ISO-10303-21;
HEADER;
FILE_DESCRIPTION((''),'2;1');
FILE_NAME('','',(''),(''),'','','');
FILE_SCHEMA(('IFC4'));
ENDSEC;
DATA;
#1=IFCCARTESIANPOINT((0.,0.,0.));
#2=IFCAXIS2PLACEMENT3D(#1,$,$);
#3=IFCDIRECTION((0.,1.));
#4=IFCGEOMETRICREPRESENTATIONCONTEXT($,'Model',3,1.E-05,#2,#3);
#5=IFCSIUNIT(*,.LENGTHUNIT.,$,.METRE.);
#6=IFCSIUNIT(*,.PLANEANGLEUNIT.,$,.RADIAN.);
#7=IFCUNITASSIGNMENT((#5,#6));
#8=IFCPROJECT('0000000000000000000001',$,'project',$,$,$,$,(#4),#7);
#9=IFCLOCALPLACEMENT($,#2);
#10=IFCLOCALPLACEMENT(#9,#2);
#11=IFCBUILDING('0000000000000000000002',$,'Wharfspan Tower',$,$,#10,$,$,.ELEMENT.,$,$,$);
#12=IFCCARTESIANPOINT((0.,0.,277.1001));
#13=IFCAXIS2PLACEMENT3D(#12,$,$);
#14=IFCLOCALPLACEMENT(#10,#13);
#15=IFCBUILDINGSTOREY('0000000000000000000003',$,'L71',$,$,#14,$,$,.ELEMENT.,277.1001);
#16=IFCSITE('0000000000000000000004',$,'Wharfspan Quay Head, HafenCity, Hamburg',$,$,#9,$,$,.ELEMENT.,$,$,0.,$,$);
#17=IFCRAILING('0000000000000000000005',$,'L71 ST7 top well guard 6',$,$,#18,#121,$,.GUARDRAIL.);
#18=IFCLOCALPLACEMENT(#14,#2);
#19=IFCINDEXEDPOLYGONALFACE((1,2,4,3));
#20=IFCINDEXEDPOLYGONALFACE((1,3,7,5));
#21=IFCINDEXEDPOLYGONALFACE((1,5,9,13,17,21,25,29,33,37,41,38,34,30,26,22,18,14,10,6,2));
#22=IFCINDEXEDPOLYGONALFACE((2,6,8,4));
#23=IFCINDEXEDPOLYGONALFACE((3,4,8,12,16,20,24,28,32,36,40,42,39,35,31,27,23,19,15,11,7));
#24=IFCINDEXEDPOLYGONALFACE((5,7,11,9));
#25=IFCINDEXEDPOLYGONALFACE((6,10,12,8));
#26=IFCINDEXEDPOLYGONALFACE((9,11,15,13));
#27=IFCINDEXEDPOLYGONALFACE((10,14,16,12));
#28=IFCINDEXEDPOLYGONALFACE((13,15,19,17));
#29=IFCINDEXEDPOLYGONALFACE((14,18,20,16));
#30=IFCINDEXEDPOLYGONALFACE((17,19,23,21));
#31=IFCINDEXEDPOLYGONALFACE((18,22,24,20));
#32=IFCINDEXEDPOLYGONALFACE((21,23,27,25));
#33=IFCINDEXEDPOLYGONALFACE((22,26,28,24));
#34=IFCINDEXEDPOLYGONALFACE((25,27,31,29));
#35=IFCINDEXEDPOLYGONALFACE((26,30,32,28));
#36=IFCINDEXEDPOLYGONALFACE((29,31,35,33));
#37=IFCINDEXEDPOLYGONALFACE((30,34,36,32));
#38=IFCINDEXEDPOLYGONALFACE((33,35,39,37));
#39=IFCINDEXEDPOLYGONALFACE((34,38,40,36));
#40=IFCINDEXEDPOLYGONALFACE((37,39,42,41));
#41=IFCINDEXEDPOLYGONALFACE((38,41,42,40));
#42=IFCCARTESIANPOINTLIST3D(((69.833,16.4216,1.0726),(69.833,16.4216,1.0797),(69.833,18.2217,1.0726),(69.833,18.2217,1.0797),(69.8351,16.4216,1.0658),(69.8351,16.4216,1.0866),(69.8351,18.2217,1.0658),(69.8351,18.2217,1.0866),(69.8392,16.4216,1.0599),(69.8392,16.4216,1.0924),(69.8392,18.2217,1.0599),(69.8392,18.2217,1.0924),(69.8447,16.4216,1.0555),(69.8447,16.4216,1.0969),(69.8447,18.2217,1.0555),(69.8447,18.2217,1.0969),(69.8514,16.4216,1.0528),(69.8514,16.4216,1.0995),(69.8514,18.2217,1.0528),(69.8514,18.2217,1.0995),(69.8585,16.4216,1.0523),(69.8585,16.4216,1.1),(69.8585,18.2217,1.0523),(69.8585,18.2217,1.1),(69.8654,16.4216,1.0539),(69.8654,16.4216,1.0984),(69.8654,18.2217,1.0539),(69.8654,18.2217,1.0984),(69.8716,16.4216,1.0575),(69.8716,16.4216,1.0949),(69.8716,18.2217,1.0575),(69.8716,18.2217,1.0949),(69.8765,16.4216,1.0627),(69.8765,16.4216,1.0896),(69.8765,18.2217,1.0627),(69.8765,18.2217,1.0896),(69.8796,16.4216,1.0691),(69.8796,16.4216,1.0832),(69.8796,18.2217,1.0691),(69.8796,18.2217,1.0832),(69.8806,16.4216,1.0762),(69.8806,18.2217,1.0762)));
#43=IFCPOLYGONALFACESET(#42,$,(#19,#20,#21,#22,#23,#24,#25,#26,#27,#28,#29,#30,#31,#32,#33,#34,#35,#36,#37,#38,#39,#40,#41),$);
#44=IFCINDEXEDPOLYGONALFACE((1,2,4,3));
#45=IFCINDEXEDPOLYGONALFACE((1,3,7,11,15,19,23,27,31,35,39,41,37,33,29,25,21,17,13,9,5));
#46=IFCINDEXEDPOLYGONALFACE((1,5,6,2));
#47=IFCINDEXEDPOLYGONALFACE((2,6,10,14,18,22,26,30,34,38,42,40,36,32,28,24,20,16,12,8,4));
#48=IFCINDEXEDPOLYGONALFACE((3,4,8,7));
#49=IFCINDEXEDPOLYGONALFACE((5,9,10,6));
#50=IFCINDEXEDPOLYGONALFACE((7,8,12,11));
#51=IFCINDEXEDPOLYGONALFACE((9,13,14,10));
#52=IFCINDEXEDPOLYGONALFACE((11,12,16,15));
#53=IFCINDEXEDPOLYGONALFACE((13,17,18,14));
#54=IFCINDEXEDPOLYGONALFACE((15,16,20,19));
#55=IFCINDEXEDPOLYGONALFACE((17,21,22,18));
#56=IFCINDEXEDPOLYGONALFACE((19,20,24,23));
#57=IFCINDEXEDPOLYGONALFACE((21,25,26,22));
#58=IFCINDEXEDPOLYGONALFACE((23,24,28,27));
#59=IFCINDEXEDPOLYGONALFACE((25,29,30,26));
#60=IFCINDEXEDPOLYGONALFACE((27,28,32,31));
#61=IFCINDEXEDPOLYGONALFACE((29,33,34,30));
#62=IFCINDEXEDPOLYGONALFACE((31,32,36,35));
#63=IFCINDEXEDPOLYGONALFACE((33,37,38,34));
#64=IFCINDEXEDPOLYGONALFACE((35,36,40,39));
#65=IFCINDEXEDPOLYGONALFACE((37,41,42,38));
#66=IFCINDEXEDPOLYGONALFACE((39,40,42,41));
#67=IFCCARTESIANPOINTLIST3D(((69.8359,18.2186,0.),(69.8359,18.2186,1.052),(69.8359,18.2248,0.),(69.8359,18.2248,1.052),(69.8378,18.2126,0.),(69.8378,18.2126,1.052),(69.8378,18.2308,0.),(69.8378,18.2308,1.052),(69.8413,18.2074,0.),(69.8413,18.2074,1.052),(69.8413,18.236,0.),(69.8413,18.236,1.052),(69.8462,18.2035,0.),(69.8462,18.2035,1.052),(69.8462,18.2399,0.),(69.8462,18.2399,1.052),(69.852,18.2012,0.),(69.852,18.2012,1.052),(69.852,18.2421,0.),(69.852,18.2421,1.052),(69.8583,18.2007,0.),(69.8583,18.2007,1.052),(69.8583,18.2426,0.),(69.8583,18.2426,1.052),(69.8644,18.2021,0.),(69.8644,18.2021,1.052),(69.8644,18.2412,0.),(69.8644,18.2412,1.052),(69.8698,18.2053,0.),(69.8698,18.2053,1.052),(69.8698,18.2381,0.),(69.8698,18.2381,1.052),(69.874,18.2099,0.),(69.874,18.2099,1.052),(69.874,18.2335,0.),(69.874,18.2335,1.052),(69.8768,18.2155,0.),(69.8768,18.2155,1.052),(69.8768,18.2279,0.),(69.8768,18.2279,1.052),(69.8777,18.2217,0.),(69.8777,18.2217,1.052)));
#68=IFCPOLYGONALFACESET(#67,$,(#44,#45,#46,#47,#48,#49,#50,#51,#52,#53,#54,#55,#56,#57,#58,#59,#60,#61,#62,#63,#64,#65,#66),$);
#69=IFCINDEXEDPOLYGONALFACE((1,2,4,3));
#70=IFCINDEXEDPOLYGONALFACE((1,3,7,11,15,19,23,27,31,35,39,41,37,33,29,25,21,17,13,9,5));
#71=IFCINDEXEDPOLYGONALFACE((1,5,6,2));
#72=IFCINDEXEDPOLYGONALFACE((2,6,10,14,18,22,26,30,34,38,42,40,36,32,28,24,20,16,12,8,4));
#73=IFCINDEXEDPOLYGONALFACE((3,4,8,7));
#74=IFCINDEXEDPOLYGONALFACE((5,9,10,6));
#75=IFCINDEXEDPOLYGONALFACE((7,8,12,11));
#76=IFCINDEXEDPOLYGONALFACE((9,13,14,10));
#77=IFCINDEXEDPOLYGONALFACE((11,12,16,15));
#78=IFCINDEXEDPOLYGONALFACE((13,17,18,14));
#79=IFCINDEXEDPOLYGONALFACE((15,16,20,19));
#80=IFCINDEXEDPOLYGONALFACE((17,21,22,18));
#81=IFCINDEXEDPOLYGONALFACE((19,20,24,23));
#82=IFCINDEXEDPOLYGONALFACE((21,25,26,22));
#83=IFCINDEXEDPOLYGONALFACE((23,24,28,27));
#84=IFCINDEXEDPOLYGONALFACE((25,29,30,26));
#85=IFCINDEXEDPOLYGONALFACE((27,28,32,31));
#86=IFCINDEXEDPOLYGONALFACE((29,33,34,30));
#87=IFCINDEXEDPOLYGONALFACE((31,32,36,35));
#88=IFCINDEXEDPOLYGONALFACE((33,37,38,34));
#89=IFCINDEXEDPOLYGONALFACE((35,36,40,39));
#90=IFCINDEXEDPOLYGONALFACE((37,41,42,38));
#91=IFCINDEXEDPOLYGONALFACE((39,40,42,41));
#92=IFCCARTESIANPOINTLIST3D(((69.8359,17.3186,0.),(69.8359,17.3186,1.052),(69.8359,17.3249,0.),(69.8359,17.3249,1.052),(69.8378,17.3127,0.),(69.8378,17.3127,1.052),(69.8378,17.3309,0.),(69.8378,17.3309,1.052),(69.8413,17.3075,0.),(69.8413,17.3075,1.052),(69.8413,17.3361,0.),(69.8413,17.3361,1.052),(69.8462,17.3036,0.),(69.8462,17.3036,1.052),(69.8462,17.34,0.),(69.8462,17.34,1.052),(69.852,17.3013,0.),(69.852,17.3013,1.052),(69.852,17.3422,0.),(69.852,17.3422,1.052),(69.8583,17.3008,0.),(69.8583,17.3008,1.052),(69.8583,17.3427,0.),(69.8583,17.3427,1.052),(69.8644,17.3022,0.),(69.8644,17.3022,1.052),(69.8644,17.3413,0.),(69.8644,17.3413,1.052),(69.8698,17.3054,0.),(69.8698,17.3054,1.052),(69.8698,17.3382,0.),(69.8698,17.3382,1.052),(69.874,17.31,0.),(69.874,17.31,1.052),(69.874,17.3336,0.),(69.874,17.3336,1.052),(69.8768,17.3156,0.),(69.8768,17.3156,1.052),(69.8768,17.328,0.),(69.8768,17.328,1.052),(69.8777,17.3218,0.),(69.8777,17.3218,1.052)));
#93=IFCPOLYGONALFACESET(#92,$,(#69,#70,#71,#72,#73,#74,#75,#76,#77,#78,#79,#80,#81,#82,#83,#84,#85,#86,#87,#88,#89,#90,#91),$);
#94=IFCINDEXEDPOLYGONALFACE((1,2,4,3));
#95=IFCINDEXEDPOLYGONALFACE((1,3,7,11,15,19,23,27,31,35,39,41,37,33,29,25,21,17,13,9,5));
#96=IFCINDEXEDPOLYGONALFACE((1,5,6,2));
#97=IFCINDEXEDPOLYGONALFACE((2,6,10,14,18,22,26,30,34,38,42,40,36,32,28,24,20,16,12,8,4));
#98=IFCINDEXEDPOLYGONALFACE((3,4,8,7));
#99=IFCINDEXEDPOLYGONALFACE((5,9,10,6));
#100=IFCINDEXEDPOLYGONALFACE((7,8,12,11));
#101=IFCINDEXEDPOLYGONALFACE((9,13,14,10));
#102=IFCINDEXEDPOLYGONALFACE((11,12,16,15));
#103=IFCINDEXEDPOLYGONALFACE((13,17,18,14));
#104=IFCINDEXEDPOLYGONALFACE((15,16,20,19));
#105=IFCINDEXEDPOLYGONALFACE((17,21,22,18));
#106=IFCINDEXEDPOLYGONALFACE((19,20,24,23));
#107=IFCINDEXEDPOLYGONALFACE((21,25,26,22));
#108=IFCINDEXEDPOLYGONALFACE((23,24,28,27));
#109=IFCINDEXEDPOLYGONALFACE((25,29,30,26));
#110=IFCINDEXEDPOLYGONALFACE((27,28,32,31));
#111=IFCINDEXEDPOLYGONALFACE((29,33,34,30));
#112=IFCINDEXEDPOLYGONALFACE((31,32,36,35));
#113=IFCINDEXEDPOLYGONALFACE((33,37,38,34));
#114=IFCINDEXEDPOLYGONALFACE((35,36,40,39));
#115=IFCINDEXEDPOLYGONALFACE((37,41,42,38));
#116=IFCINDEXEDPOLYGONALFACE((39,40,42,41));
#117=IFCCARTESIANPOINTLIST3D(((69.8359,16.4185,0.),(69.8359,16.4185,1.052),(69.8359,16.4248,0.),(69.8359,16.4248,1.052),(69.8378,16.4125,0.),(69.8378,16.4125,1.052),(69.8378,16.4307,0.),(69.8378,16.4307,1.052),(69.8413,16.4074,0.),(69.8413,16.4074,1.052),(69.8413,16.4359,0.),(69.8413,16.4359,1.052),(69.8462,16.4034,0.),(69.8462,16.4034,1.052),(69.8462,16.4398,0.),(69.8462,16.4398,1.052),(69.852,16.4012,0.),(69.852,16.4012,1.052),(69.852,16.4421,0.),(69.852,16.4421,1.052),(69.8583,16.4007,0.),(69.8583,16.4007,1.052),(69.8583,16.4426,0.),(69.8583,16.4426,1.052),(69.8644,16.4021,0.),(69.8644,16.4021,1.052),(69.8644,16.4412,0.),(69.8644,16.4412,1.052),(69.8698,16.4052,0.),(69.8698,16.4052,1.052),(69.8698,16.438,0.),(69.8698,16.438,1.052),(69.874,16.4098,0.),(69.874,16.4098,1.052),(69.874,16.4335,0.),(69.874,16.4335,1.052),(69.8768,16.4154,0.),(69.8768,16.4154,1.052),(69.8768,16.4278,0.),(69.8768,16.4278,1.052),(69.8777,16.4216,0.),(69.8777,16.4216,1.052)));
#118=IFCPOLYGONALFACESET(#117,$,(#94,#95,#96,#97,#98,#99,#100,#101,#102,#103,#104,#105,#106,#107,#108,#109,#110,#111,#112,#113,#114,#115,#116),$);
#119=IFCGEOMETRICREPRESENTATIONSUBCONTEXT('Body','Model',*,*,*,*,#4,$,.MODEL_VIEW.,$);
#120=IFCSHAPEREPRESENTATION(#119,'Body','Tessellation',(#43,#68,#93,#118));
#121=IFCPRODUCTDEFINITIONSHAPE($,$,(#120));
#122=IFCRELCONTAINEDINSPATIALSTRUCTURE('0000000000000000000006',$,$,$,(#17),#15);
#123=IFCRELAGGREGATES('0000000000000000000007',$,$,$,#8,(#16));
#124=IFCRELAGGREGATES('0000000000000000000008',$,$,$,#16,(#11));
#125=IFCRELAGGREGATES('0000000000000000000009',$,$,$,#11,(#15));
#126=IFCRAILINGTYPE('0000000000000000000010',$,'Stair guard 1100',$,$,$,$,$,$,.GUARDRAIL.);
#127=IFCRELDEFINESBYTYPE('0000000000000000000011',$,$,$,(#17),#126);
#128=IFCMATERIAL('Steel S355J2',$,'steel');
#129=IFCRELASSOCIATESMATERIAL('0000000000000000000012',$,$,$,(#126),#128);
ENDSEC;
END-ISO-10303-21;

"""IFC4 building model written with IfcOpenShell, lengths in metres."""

from ifc_helpers import new_model, si_unit, direction, frame, origin, origin_2d, place, context, subcontext, project, spatial, circle, extrude, material, type_object, element, save


model = new_model("IFC4")

# Units and contexts
model_context = context("Model", 3, precision=1e-05, world=origin(), true_north=direction((0.0, 1.0)))
body_context = subcontext(model_context, "Body", "Model", "MODEL_VIEW")
ifc_project = project(units=[si_unit("LENGTHUNIT", "METRE"), si_unit("PLANEANGLEUNIT", "RADIAN")], contexts=[model_context])

# Site, building, storey
site_placement = place(None, origin())
site = spatial("IfcSite", under=ifc_project, at=site_placement, Name="Wharfspan Quay Head, HafenCity, Hamburg", CompositionType="ELEMENT", RefElevation=0.0)
building_placement = place(site_placement, origin())
building = spatial("IfcBuilding", under=site, at=building_placement, Name="Wharfspan Tower", CompositionType="ELEMENT")
storey_placement = place(building_placement, frame((0.0, 0.0, 277.1001)))
storey = spatial("IfcBuildingStorey", under=building, at=storey_placement, Name="L71", CompositionType="ELEMENT", Elevation=277.1001)

# Shared definitions
ifc_material_1 = material(Name="Steel S355J2", Category="steel")

# Railing
railing_type = type_object("IfcRailingType", Name="Stair guard 1100", PredefinedType="GUARDRAIL", material=ifc_material_1)
railing_1_placement = place(storey_placement, frame((69.8567, 18.2217, 0.0)))
element("IfcRailing", 1, at=railing_1_placement, inside=storey, type_object=railing_type, Name="L71 ST7 top well guard 6", PredefinedType="GUARDRAIL", context=body_context, shape_type="SweptSolid", body=[
    extrude(circle(Radius=0.0239, at=origin_2d()), frame((0.0, 0.0, 1.0762), z_axis=(0.0, -1.0, 0.0), x_axis=(1.0, 0.0, 0.0)), (0.0, 0.0, 1.0), 1.8),
    extrude(circle(Radius=0.021, at=origin_2d()), origin(), (0.0, 0.0, 1.0), 1.052),
    extrude(circle(Radius=0.021, at=origin_2d()), frame((0.0, -0.8999, 0.0)), (0.0, 0.0, 1.0), 1.052),
    extrude(circle(Radius=0.021, at=origin_2d()), frame((0.0, -1.8, 0.0)), (0.0, 0.0, 1.0), 1.052),
])

save(model, "model.ifc")
